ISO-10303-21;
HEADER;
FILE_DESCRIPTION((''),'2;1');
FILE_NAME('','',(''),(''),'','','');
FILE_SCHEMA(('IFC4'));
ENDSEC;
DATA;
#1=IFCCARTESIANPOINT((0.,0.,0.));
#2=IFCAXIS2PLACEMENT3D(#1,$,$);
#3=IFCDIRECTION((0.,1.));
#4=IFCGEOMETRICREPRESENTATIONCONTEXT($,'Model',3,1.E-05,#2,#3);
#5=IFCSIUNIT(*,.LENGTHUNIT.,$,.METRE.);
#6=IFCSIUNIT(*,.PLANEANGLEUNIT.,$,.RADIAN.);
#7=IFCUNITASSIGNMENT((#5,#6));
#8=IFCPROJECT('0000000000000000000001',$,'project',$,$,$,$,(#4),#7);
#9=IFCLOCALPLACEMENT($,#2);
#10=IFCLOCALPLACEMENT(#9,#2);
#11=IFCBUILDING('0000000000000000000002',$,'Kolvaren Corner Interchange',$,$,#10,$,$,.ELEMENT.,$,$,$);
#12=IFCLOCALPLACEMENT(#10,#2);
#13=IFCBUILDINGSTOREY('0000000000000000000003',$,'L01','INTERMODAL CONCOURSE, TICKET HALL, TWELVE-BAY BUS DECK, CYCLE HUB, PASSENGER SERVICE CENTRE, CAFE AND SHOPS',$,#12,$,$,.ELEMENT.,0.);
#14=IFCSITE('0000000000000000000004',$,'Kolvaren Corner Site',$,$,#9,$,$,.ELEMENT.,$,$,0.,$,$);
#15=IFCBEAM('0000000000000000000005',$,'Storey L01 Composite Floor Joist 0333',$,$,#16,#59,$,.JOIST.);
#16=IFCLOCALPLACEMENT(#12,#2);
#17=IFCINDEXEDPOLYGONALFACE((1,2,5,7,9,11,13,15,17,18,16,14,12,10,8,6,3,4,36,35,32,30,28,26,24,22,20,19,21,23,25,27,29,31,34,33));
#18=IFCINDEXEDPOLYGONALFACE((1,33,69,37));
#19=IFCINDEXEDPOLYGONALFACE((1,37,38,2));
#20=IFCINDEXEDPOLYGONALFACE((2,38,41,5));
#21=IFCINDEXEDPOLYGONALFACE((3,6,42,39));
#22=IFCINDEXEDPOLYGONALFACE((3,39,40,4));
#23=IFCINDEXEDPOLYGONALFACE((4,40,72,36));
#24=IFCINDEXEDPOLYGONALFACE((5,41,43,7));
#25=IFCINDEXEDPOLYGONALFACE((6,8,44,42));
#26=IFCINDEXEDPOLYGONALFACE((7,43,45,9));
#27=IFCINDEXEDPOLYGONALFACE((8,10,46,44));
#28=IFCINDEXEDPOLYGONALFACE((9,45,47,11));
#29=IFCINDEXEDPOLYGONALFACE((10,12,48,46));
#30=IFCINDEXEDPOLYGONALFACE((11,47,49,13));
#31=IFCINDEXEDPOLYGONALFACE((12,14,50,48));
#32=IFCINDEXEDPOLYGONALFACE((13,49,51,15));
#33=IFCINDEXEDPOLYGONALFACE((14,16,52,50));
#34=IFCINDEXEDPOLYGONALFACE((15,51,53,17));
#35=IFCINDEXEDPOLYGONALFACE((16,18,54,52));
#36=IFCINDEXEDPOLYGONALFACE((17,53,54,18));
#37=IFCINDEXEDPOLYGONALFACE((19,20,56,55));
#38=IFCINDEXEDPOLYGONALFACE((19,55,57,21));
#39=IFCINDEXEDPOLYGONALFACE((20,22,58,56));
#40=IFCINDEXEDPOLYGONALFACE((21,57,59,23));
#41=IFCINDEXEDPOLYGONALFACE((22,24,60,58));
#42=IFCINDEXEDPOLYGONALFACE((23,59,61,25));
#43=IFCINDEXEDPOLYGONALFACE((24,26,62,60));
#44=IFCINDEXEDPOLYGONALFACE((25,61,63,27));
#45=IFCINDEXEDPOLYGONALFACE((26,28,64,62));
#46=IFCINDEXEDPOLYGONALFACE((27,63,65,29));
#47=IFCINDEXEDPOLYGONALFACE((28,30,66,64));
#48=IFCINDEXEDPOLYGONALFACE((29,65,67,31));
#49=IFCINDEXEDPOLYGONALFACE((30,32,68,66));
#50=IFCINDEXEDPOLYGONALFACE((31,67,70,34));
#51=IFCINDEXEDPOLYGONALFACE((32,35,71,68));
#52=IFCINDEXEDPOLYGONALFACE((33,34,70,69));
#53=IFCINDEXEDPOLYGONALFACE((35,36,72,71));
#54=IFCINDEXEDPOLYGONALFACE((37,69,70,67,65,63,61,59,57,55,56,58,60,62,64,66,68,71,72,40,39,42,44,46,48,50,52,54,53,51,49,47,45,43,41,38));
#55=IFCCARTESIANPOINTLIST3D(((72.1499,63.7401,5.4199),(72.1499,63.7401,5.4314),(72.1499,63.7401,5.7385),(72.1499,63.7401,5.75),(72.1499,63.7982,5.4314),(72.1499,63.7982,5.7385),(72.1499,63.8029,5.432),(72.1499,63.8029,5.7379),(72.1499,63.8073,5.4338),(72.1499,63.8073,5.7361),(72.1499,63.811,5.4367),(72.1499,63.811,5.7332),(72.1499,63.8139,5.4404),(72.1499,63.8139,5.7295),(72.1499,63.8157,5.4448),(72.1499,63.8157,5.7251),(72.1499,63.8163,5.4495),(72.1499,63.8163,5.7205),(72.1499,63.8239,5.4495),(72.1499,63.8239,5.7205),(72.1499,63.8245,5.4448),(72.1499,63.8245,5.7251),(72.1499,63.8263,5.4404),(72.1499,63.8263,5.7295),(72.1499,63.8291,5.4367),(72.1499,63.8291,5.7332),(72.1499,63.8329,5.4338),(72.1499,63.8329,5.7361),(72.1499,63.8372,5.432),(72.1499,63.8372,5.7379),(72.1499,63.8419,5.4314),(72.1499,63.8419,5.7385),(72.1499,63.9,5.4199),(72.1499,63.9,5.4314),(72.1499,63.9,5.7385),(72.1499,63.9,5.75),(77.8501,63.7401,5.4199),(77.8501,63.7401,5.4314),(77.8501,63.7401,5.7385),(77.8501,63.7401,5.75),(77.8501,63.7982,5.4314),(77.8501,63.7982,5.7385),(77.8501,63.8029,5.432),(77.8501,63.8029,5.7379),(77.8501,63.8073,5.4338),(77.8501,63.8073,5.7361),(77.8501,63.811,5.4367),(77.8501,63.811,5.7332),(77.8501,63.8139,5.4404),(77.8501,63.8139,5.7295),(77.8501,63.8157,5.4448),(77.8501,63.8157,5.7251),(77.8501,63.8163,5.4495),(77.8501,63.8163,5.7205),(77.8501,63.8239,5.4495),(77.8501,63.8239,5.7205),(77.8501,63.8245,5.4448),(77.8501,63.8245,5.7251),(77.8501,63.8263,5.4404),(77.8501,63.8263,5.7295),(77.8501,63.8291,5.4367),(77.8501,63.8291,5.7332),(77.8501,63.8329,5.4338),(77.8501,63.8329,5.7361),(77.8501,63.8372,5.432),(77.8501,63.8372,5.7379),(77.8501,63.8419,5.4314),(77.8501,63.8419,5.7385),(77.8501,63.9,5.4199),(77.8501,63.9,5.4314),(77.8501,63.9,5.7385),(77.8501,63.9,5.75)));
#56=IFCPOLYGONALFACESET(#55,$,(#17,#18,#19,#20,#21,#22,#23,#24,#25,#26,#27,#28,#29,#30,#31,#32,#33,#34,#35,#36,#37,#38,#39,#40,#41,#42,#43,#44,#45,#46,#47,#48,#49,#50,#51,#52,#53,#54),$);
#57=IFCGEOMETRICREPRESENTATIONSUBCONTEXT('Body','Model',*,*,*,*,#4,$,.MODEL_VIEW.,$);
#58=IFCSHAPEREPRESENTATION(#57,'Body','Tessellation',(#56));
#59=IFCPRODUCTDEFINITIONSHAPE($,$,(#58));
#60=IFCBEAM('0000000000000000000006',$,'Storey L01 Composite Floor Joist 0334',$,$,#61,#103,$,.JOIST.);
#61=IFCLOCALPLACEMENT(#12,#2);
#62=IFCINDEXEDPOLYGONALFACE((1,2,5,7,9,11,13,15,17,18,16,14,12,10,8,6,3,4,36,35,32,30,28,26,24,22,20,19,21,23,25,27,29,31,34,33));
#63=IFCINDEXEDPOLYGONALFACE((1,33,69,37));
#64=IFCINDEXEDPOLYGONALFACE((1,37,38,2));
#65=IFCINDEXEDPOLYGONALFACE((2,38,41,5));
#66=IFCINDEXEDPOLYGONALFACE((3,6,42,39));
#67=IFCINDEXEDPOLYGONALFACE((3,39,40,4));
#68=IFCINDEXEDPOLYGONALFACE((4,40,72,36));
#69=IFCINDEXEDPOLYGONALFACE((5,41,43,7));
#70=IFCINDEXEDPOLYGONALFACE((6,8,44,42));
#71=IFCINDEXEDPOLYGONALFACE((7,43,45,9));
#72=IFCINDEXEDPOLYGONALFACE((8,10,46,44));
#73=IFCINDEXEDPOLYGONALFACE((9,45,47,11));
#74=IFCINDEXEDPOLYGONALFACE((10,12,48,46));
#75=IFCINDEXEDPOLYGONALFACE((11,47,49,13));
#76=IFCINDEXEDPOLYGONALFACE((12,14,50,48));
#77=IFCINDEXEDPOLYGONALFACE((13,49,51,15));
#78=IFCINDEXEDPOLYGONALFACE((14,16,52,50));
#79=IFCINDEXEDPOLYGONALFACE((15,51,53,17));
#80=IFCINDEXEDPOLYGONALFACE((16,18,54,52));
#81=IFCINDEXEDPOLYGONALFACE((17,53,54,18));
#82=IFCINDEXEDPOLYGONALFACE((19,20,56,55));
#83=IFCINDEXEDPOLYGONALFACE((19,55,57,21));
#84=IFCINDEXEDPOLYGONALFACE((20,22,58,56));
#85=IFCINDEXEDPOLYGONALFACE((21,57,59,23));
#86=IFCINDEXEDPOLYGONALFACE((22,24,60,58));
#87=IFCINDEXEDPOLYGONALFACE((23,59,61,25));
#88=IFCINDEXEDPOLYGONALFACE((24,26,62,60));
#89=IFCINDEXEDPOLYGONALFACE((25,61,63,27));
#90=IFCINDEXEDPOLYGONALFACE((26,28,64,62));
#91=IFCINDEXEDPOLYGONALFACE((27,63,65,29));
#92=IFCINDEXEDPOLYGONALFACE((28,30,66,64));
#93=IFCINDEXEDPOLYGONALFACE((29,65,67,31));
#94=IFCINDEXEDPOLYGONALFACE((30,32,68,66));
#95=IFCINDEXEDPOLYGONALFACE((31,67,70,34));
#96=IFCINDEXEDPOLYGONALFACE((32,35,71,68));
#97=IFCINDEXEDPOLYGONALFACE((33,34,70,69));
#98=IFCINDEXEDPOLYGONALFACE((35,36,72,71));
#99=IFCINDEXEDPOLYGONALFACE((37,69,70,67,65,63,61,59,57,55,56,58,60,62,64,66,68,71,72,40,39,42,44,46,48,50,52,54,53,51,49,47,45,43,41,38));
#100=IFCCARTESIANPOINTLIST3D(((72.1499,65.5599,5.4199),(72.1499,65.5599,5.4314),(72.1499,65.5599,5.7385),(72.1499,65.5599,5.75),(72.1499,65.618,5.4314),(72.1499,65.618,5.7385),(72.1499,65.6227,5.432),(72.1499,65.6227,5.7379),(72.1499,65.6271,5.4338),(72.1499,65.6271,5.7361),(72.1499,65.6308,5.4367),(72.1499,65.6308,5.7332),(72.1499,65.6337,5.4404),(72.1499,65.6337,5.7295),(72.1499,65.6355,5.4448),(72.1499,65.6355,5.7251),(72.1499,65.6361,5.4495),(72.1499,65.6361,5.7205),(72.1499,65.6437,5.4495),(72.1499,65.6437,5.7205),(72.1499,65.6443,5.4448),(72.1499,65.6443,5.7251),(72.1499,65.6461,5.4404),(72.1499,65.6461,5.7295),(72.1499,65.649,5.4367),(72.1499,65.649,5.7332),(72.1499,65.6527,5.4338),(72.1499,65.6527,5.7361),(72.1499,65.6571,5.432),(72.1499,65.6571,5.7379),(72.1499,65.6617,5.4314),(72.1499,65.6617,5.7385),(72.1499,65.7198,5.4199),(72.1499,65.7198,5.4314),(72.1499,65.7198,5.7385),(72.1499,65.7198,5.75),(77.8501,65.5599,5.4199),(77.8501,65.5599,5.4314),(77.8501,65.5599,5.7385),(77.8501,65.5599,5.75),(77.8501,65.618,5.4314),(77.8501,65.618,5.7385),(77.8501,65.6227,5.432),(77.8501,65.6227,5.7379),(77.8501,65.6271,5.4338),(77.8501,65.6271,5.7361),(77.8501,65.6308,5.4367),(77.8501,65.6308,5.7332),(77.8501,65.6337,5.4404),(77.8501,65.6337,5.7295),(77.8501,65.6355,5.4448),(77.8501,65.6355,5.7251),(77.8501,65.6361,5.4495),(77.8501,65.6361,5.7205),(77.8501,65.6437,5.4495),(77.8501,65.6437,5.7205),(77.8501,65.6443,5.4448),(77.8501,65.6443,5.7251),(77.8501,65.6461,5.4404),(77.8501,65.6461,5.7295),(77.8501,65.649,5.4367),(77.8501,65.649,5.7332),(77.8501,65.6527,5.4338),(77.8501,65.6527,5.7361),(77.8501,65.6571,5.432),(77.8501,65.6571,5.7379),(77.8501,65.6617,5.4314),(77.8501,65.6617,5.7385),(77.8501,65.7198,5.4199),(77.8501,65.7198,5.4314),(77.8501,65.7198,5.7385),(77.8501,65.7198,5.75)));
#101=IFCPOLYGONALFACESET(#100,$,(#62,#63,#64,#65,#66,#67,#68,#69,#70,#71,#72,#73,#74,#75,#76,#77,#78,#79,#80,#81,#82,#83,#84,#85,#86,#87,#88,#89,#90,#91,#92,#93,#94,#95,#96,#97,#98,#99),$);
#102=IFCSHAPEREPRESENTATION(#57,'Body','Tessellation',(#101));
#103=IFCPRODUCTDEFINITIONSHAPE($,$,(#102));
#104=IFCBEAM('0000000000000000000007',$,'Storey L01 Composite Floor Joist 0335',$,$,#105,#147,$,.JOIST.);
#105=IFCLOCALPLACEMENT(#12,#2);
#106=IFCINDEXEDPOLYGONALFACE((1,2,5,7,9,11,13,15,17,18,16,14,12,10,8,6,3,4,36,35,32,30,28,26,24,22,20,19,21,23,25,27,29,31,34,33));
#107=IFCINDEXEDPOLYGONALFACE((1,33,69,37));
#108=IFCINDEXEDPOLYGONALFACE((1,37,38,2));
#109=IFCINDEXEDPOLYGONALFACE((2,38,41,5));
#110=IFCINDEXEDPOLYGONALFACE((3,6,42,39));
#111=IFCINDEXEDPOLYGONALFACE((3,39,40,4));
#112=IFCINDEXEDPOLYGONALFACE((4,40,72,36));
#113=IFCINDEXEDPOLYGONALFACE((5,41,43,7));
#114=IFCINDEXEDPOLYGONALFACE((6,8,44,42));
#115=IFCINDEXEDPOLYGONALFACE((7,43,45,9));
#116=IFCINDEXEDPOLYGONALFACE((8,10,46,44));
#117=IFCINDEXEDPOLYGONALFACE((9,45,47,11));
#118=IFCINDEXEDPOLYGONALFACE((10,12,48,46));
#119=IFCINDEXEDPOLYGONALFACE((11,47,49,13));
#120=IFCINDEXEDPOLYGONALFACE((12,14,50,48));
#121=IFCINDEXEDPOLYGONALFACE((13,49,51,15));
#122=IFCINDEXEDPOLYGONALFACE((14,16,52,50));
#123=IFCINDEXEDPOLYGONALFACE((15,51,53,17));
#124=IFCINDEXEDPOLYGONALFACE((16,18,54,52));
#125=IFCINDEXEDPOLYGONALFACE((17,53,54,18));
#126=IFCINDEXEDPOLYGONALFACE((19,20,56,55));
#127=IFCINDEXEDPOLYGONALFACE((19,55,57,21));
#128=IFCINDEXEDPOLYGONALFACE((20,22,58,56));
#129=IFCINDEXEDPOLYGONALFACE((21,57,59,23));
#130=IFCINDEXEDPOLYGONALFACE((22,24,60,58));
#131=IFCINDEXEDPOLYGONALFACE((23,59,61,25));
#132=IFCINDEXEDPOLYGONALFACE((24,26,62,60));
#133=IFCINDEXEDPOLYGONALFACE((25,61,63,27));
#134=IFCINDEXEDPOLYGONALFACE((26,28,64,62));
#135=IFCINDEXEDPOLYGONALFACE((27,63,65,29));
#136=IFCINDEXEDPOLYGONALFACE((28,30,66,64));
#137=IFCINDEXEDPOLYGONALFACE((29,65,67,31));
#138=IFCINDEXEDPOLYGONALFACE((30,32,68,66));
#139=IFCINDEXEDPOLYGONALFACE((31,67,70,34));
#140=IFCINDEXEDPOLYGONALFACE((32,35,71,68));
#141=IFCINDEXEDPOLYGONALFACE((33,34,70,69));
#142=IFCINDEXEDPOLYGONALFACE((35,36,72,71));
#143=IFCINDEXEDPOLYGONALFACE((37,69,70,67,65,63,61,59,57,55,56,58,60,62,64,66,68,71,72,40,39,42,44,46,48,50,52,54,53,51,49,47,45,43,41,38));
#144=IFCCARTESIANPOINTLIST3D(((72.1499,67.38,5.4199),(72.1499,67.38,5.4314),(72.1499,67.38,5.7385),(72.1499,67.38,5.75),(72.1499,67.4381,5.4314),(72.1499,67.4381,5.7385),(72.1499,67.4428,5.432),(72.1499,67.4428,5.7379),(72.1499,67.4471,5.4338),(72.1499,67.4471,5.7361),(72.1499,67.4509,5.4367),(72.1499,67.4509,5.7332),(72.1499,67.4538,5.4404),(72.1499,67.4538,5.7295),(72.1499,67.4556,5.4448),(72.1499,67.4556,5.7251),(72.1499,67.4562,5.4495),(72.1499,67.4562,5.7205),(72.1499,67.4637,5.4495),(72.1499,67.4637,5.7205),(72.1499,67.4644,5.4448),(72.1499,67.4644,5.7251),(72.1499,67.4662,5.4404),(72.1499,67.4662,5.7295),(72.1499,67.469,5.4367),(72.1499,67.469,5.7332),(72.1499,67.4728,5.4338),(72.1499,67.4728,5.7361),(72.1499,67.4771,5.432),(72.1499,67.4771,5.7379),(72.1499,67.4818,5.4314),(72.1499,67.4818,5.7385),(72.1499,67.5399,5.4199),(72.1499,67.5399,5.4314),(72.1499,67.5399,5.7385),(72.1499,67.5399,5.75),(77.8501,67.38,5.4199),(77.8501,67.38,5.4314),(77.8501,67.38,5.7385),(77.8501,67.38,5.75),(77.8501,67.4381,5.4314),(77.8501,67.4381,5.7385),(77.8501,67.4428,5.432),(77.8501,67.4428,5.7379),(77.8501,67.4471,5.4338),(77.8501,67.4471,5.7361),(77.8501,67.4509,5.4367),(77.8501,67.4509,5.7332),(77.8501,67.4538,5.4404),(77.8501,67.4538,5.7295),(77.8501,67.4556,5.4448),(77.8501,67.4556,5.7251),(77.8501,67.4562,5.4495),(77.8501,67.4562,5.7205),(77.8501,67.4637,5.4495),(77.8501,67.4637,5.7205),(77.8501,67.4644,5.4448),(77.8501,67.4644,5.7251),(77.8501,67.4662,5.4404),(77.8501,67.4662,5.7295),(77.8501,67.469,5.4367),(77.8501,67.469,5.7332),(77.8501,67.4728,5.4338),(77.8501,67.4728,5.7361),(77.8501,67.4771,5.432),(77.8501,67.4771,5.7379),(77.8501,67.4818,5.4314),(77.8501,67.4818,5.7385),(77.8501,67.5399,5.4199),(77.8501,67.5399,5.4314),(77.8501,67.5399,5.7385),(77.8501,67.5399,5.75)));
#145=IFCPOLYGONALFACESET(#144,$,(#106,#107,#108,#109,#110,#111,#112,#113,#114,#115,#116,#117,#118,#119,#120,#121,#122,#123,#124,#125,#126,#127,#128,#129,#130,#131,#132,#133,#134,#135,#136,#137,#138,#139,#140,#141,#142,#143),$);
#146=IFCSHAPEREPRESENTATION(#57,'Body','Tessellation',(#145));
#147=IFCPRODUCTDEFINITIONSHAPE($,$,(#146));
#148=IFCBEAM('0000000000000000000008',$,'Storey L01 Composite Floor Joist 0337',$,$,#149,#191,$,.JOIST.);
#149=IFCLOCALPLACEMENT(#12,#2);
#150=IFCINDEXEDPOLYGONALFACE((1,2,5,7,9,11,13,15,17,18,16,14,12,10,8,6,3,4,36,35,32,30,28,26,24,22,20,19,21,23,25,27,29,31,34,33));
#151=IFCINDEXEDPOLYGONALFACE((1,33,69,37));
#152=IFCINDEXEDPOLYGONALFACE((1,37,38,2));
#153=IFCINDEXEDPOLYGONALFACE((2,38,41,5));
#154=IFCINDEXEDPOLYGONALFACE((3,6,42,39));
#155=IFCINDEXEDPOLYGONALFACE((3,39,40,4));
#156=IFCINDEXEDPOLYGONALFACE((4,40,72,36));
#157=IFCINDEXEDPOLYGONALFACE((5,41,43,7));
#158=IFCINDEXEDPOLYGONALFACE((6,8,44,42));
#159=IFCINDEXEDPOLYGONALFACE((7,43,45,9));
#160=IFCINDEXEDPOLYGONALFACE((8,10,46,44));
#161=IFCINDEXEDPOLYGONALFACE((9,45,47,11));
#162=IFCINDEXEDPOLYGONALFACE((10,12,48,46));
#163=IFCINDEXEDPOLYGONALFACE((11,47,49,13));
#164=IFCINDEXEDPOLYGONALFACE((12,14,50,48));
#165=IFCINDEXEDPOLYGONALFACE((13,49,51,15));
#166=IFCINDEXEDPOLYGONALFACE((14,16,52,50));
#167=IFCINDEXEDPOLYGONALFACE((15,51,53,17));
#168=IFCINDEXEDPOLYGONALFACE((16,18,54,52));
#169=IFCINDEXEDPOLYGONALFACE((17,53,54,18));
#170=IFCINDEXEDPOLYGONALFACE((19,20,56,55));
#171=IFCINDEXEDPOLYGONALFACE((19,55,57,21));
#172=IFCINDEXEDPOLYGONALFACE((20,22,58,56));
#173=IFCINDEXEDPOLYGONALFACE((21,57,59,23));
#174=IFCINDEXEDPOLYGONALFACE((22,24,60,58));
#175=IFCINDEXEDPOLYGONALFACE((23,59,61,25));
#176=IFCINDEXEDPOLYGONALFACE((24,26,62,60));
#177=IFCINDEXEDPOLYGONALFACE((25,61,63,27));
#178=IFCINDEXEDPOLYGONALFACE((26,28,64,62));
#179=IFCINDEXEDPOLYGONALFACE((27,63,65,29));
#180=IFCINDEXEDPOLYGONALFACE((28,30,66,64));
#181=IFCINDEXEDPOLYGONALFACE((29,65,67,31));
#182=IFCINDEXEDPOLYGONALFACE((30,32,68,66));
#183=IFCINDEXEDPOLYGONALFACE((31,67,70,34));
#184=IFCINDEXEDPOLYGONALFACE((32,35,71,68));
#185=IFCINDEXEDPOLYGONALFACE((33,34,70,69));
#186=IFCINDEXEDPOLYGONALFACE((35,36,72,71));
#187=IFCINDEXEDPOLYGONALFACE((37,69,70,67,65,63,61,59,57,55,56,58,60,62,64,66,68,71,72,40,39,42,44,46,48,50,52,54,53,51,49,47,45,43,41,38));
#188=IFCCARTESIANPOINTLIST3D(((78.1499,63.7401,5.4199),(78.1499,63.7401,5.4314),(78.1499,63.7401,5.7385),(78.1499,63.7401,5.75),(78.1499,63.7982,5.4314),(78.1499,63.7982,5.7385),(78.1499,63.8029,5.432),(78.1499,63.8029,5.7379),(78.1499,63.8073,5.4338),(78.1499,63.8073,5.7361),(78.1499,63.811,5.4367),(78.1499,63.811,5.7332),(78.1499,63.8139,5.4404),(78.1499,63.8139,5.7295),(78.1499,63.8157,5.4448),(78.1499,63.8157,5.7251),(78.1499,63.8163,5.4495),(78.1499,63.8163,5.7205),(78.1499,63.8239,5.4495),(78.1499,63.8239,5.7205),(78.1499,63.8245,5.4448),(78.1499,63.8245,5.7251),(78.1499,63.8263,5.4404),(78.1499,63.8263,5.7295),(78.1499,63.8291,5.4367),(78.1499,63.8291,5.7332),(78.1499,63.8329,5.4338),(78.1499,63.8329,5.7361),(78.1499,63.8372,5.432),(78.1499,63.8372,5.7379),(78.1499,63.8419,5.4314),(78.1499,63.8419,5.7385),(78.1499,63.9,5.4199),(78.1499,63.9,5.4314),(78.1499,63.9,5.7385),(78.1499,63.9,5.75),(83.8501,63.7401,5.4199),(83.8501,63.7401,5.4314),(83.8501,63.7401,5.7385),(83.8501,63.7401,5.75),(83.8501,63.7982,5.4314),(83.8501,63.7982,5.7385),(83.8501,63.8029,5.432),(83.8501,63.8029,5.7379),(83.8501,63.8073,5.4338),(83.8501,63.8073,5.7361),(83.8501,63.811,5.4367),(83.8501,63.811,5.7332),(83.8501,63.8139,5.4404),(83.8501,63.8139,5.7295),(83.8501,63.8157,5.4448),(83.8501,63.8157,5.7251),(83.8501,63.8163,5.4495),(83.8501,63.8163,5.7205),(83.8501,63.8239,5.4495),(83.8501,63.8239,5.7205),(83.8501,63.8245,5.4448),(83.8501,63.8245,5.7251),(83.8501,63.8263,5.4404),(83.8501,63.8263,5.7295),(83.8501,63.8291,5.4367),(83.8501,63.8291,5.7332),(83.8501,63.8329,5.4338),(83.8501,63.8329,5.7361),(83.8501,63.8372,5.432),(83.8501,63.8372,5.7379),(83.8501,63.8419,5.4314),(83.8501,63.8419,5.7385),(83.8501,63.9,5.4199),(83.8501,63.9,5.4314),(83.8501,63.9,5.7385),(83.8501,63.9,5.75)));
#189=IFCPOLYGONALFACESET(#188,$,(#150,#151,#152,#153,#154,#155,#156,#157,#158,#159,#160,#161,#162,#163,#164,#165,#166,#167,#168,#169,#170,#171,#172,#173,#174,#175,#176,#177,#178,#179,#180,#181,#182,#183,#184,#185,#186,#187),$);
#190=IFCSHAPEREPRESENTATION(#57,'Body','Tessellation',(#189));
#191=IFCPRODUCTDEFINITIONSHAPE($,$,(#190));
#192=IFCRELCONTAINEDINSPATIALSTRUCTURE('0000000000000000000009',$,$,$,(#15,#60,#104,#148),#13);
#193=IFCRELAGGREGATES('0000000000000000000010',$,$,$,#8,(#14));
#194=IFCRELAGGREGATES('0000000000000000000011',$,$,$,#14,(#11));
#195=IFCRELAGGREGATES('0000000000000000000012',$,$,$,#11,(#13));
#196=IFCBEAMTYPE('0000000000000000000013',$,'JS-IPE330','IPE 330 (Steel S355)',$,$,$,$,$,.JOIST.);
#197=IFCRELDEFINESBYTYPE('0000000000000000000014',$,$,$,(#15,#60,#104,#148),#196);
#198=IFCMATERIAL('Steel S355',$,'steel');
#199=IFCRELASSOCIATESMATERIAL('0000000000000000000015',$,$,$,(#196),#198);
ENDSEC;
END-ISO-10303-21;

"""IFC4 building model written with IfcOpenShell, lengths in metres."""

from ifc_helpers import new_model, si_unit, direction, frame, origin, origin_2d, place, context, subcontext, project, spatial, i_section, extrude, material, material_profile, profile_set, type_object, element, save


model = new_model("IFC4")

# Units and contexts
model_context = context("Model", 3, precision=1e-05, world=origin(), true_north=direction((0.0, 1.0)))
body_context = subcontext(model_context, "Body", "Model", "MODEL_VIEW")
ifc_project = project(units=[si_unit("LENGTHUNIT", "METRE"), si_unit("PLANEANGLEUNIT", "RADIAN")], contexts=[model_context])

# Site, building, storey
site_placement = place(None, origin())
site = spatial("IfcSite", under=ifc_project, at=site_placement, Name="Kolvaren Corner Site", CompositionType="ELEMENT", RefElevation=0.0)
building_placement = place(site_placement, origin())
building = spatial("IfcBuilding", under=site, at=building_placement, Name="Kolvaren Corner Interchange", CompositionType="ELEMENT")
storey_placement = place(building_placement, origin())
storey = spatial("IfcBuildingStorey", under=building, at=storey_placement, Name="L01", Description="INTERMODAL CONCOURSE, TICKET HALL, TWELVE-BAY BUS DECK, CYCLE HUB, PASSENGER SERVICE CENTRE, CAFE AND SHOPS", CompositionType="ELEMENT", Elevation=0.0)

# Beams
ifc_material_1 = material(Name="Steel S355", Category="steel")
ifc_material_profile_1 = material_profile(ifc_material_1, i_section(OverallWidth=0.1599, OverallDepth=0.3301, WebThickness=0.0076, FlangeThickness=0.0115, FilletRadius=0.0181, at=origin_2d()), Name="IPE 330")
ifc_profile_set_1 = profile_set([ifc_material_profile_1], Name="Steel S355")
beam_type_1 = type_object("IfcBeamType", Name="JS-IPE330", Description="IPE 330 (Steel S355)", PredefinedType="JOIST", material=ifc_profile_set_1)
for number, where, z_axis, x_axis, name in (
    (1, (72.1499, 63.8201, 5.585), (1.0, 0.0, 0.0), (0.0, 1.0, 0.0), "Storey L01 Composite Floor Joist 0333"),
    (2, (72.1499, 65.6399, 5.585), (1.0, 0.0, 0.0), (0.0, 1.0, 0.0), "Storey L01 Composite Floor Joist 0334"),
    (3, (72.1499, 67.46, 5.585), (1.0, 0.0, 0.0), (0.0, 1.0, 0.0), "Storey L01 Composite Floor Joist 0335"),
    (4, (78.1499, 63.8201, 5.585), (1.0, 0.0, 0.0), (0.0, 1.0, 0.0), "Storey L01 Composite Floor Joist 0337"),
):
    element("IfcBeam", number, at=place(storey_placement, frame(where, z_axis=z_axis, x_axis=x_axis)), inside=storey, type_object=beam_type_1, Name=name, PredefinedType="JOIST", context=body_context, shape_type="SweptSolid", body=[
        extrude(i_section(OverallWidth=0.1599, OverallDepth=0.3301, WebThickness=0.0076, FlangeThickness=0.0115, FilletRadius=0.0181, at=origin_2d()), origin(), (0.0, 0.0, 1.0), 5.7002),
    ])

save(model, "model.ifc")
